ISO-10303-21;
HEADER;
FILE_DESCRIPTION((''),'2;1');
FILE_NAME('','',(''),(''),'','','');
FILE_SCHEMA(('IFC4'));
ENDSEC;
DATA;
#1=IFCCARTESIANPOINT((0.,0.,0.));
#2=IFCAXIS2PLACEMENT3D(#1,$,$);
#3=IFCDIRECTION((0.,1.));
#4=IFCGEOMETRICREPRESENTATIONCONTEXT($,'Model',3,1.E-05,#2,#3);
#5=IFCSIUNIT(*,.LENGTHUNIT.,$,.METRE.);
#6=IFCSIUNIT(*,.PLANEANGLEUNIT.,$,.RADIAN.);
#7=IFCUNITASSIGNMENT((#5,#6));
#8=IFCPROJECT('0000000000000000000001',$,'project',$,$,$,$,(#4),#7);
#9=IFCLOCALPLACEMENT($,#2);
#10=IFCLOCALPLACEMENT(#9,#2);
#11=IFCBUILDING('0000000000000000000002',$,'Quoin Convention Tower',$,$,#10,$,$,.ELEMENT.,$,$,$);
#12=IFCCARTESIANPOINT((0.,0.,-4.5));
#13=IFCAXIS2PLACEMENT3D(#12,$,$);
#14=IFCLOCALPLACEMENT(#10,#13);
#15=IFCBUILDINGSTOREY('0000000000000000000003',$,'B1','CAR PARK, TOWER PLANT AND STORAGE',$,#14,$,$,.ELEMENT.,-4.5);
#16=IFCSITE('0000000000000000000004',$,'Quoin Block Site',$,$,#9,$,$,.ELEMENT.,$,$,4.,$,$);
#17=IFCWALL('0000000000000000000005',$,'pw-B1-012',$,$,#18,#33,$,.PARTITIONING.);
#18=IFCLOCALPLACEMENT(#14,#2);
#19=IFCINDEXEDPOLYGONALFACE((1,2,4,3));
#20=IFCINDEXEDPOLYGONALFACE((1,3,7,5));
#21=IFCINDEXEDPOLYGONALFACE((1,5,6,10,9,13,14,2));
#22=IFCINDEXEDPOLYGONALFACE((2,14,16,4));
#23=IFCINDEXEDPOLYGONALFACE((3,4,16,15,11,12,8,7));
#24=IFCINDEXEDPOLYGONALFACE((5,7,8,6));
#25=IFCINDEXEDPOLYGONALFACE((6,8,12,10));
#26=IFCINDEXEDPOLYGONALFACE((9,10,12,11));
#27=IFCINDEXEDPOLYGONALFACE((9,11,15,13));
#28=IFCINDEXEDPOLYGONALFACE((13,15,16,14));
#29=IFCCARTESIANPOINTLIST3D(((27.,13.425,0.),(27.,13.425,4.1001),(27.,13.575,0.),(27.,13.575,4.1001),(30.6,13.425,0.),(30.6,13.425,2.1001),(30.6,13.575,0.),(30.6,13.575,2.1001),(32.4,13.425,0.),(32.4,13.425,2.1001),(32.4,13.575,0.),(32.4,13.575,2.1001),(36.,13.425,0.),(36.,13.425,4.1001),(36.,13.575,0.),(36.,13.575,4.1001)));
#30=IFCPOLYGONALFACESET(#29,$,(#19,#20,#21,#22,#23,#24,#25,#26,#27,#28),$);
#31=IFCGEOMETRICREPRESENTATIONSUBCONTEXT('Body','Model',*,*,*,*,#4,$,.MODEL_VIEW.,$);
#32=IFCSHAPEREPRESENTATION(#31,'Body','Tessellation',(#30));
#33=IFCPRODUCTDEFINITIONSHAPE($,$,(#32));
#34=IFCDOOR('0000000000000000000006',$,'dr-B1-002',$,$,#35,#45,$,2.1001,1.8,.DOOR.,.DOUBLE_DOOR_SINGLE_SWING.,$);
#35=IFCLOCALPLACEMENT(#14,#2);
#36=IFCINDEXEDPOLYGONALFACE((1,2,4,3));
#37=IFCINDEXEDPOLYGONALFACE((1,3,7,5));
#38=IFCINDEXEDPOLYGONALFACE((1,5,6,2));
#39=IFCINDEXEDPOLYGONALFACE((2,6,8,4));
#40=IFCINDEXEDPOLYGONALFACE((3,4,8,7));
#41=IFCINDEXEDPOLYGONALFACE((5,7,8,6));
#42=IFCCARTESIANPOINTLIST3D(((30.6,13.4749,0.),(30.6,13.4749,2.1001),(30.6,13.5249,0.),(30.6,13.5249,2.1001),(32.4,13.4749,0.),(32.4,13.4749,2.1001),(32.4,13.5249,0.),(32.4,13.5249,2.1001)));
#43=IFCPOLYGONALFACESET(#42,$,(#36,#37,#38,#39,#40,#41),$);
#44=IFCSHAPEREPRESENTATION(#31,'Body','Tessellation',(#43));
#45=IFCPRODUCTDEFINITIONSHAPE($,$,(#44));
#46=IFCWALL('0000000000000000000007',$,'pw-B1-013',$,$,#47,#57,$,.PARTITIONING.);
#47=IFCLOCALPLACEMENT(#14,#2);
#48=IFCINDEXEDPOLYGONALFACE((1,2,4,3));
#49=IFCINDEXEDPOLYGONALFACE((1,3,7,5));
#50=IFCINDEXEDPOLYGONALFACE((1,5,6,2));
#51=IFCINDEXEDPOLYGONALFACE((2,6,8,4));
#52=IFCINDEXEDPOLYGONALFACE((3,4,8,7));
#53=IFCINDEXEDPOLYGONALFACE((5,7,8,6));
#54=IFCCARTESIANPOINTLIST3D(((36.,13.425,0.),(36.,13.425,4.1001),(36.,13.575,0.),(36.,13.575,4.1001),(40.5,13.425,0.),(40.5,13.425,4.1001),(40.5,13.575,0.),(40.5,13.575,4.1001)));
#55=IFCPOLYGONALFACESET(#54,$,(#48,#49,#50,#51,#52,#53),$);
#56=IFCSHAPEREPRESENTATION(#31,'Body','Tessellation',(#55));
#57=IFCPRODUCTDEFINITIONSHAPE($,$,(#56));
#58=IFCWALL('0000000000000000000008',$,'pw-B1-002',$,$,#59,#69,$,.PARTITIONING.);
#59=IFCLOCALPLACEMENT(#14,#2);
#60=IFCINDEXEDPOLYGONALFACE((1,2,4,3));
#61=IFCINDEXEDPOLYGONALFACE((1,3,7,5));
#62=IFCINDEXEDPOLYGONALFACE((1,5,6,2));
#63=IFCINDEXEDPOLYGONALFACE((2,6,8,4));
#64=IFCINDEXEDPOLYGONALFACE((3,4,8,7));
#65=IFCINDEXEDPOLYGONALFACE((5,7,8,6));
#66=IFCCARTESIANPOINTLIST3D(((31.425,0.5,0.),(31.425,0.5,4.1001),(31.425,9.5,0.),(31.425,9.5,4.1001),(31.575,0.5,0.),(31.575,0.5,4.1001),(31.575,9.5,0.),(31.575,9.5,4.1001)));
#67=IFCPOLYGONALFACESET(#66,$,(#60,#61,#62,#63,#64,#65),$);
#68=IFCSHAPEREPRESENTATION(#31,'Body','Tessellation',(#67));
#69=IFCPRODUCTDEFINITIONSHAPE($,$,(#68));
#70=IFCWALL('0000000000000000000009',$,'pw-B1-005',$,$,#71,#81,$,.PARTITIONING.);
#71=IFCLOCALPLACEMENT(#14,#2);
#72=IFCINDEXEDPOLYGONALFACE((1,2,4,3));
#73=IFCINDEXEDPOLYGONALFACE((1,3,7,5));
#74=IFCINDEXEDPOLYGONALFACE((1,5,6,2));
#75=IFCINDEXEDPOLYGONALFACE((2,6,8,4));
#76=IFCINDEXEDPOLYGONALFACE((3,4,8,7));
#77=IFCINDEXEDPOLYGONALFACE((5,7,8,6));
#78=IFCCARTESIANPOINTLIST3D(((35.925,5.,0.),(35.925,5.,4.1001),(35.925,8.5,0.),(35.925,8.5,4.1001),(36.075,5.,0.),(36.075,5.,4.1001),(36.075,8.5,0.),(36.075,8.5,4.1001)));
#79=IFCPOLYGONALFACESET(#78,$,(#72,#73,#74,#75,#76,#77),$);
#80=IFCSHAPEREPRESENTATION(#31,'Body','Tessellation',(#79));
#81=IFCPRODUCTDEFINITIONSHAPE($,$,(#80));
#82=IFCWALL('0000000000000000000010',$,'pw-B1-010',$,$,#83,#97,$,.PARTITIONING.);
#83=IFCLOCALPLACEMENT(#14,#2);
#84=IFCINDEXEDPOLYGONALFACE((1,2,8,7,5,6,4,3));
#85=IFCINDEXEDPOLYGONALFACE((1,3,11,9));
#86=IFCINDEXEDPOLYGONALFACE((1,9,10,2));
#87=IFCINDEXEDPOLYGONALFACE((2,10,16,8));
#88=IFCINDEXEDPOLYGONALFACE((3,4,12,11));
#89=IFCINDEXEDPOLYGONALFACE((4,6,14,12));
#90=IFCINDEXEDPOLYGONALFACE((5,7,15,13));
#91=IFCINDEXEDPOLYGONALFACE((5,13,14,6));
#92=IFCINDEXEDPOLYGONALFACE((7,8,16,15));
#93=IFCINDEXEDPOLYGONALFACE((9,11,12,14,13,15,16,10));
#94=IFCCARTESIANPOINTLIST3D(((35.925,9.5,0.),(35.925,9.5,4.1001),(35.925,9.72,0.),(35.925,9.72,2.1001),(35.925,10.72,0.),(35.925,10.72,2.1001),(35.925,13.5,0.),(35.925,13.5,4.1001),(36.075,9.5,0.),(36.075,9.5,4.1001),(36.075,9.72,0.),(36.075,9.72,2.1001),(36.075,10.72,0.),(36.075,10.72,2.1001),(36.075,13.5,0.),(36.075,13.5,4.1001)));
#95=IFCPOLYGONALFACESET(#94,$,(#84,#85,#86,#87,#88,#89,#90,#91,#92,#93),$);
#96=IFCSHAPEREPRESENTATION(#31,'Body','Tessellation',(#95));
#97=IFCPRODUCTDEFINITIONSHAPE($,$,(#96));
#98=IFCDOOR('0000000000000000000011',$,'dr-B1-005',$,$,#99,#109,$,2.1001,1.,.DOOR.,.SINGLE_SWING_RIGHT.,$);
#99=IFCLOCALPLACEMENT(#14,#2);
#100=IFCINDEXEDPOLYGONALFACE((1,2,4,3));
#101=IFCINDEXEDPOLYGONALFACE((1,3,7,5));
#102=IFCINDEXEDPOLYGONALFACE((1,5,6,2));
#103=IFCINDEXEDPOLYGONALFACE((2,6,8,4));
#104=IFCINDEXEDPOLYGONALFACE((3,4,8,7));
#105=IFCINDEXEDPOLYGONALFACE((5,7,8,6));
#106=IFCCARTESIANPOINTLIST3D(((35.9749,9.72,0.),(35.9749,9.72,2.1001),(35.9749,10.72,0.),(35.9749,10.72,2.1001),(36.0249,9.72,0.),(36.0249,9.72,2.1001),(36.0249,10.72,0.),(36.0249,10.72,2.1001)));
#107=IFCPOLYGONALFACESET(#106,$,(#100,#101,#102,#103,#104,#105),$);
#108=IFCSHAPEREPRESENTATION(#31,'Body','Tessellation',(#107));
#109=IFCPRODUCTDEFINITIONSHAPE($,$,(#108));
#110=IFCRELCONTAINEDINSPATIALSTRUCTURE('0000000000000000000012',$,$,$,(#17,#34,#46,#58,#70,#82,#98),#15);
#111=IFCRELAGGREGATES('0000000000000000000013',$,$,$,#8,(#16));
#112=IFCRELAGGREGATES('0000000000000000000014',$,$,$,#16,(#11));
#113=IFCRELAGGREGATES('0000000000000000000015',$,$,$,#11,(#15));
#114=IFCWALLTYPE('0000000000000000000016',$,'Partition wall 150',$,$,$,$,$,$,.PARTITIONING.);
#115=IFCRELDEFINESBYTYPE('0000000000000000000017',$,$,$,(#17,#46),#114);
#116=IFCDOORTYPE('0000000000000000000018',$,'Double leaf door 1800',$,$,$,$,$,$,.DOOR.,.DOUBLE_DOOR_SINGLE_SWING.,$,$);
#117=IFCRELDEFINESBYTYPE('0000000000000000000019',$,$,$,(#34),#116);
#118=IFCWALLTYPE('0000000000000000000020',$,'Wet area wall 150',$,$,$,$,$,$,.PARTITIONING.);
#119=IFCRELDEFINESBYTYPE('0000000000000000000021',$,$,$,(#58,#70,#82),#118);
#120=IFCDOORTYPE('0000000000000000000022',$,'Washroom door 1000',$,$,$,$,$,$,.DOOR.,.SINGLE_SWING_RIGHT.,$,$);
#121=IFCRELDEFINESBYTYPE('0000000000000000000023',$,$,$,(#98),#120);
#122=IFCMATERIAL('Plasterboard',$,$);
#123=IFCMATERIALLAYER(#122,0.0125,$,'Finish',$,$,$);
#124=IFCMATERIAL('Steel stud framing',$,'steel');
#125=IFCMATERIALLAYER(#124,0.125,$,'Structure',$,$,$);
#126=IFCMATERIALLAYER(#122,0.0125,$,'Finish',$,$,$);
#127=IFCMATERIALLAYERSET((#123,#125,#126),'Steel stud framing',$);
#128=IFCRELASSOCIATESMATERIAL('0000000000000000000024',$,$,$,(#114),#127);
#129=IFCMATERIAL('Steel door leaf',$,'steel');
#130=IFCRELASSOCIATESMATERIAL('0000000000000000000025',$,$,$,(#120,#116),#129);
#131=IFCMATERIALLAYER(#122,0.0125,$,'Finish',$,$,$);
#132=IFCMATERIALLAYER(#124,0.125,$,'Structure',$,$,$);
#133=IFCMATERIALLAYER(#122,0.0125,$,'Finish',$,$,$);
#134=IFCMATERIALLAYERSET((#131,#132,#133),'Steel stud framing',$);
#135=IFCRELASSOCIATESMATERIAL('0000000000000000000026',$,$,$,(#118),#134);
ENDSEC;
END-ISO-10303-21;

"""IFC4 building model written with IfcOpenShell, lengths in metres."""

from ifc_helpers import new_model, si_unit, direction, frame, frame_2d, origin, place, context, subcontext, project, spatial, rectangle, extrude, material, layer, layer_set, type_object, element, fill, save


model = new_model("IFC4")

# Units and contexts
model_context = context("Model", 3, precision=1e-05, world=origin(), true_north=direction((0.0, 1.0)))
body_context = subcontext(model_context, "Body", "Model", "MODEL_VIEW")
ifc_project = project(units=[si_unit("LENGTHUNIT", "METRE"), si_unit("PLANEANGLEUNIT", "RADIAN")], contexts=[model_context])

# Site, building, storey
site_placement = place(None, origin())
site = spatial("IfcSite", under=ifc_project, at=site_placement, Name="Quoin Block Site", CompositionType="ELEMENT", RefElevation=4.0)
building_placement = place(site_placement, origin())
building = spatial("IfcBuilding", under=site, at=building_placement, Name="Quoin Convention Tower", CompositionType="ELEMENT")
storey_placement = place(building_placement, frame((0.0, 0.0, -4.5)))
storey = spatial("IfcBuildingStorey", under=building, at=storey_placement, Name="B1", Description="CAR PARK, TOWER PLANT AND STORAGE", CompositionType="ELEMENT", Elevation=-4.5)

# Shared definitions
ifc_material_1 = material(Name="Plasterboard")
ifc_material_2 = material(Name="Steel stud framing", Category="steel")
ifc_layer_1 = layer(ifc_material_1, 0.0125, Name="Finish")
ifc_layer_2 = layer(ifc_material_2, 0.125, Name="Structure")
ifc_layer_3 = layer(ifc_material_1, 0.0125, Name="Finish")
ifc_layer_set_1 = layer_set([ifc_layer_1, ifc_layer_2, ifc_layer_3], Name="Steel stud framing")
wall_type_1 = type_object("IfcWallType", Name="Partition wall 150", PredefinedType="PARTITIONING", material=ifc_layer_set_1)

# Wall, opening, door
ifc_material_3 = material(Name="Steel door leaf", Category="steel")
door_type_1 = type_object("IfcDoorType", Name="Washroom door 1000", OperationType="SINGLE_SWING_RIGHT", PredefinedType="DOOR", material=ifc_material_3)
wall_1_placement = place(storey_placement, frame((27.0, 13.5, 0.0), z_axis=(0.0, 0.0, 1.0), x_axis=(1.0, 0.0, 0.0)))
wall_1 = element("IfcWall", 1, at=wall_1_placement, inside=storey, type_object=wall_type_1, Name="pw-B1-012", PredefinedType="PARTITIONING", context=body_context, shape_type="SweptSolid", body=[
    extrude(rectangle(XDim=9.0, YDim=0.1499, at=frame_2d((4.5, 0.0))), origin(), (0.0, 0.0, 1.0), 4.1001),
])
opening_1_placement = place(wall_1_placement, frame((3.6001, 0.0, 0.0)))
opening_1 = element("IfcOpeningElement", 2, at=opening_1_placement, cuts=wall_1, PredefinedType="OPENING", context=body_context, shape_type="SweptSolid", body=[
    extrude(rectangle(XDim=1.8, YDim=2.1001, at=frame_2d((0.8999, 1.05))), frame((0.0, 0.085, 0.0), z_axis=(0.0, -1.0, 0.0), x_axis=(1.0, 0.0, 0.0)), (0.0, 0.0, 1.0), 0.1699),
])
door_type_2 = type_object("IfcDoorType", Name="Double leaf door 1800", OperationType="DOUBLE_DOOR_SINGLE_SWING", PredefinedType="DOOR", material=ifc_material_3)
door_1_placement = place(opening_1_placement, origin())
door_1 = element("IfcDoor", 3, at=door_1_placement, inside=storey, type_object=door_type_2, Name="dr-B1-002", OperationType="DOUBLE_DOOR_SINGLE_SWING", OverallHeight=2.1001, OverallWidth=1.8, PredefinedType="DOOR", context=body_context, shape_type="SweptSolid", body=[
    extrude(rectangle(XDim=1.8, YDim=2.1001, at=frame_2d((0.8999, 1.05))), frame((0.0, 0.0249, 0.0), z_axis=(0.0, -1.0, 0.0), x_axis=(1.0, 0.0, 0.0)), (0.0, 0.0, 1.0), 0.05),
])
fill(opening_1, door_1)

# Walls
wall_2_placement = place(storey_placement, frame((36.0, 13.5, 0.0), z_axis=(0.0, 0.0, 1.0), x_axis=(1.0, 0.0, 0.0)))
element("IfcWall", 4, at=wall_2_placement, inside=storey, type_object=wall_type_1, Name="pw-B1-013", PredefinedType="PARTITIONING", context=body_context, shape_type="SweptSolid", body=[
    extrude(rectangle(XDim=4.5, YDim=0.1499, at=frame_2d((2.25, 0.0))), origin(), (0.0, 0.0, 1.0), 4.1001),
])
ifc_layer_4 = layer(ifc_material_1, 0.0125, Name="Finish")
ifc_layer_5 = layer(ifc_material_2, 0.125, Name="Structure")
ifc_layer_6 = layer(ifc_material_1, 0.0125, Name="Finish")
ifc_layer_set_2 = layer_set([ifc_layer_4, ifc_layer_5, ifc_layer_6], Name="Steel stud framing")
wall_type_2 = type_object("IfcWallType", Name="Wet area wall 150", PredefinedType="PARTITIONING", material=ifc_layer_set_2)
wall_3_placement = place(storey_placement, frame((31.5, 0.5, 0.0), z_axis=(0.0, 0.0, 1.0), x_axis=(0.0, 1.0, 0.0)))
element("IfcWall", 5, at=wall_3_placement, inside=storey, type_object=wall_type_2, Name="pw-B1-002", PredefinedType="PARTITIONING", context=body_context, shape_type="SweptSolid", body=[
    extrude(rectangle(XDim=9.0, YDim=0.1499, at=frame_2d((4.5, 0.0))), origin(), (0.0, 0.0, 1.0), 4.1001),
])
wall_4_placement = place(storey_placement, frame((36.0, 5.0, 0.0), z_axis=(0.0, 0.0, 1.0), x_axis=(0.0, 1.0, 0.0)))
element("IfcWall", 6, at=wall_4_placement, inside=storey, type_object=wall_type_2, Name="pw-B1-005", PredefinedType="PARTITIONING", context=body_context, shape_type="SweptSolid", body=[
    extrude(rectangle(XDim=3.5, YDim=0.1499, at=frame_2d((1.75, 0.0))), origin(), (0.0, 0.0, 1.0), 4.1001),
])

# Wall, opening, door
wall_5_placement = place(storey_placement, frame((36.0, 9.5, 0.0), z_axis=(0.0, 0.0, 1.0), x_axis=(0.0, 1.0, 0.0)))
wall_5 = element("IfcWall", 7, at=wall_5_placement, inside=storey, type_object=wall_type_2, Name="pw-B1-010", PredefinedType="PARTITIONING", context=body_context, shape_type="SweptSolid", body=[
    extrude(rectangle(XDim=4.0, YDim=0.1499, at=frame_2d((2.0, 0.0))), origin(), (0.0, 0.0, 1.0), 4.1001),
])
opening_2_placement = place(wall_5_placement, frame((0.22, 0.0, 0.0)))
opening_2 = element("IfcOpeningElement", 8, at=opening_2_placement, cuts=wall_5, PredefinedType="OPENING", context=body_context, shape_type="SweptSolid", body=[
    extrude(rectangle(XDim=1.0, YDim=2.1001, at=frame_2d((0.5, 1.05))), frame((0.0, 0.085, 0.0), z_axis=(0.0, -1.0, 0.0), x_axis=(1.0, 0.0, 0.0)), (0.0, 0.0, 1.0), 0.1699),
])
door_2_placement = place(opening_2_placement, frame((1.0, 0.0, 0.0), z_axis=(0.0, 0.0, 1.0), x_axis=(-1.0, 0.0, 0.0)))
door_2 = element("IfcDoor", 9, at=door_2_placement, inside=storey, type_object=door_type_1, Name="dr-B1-005", OperationType="SINGLE_SWING_RIGHT", OverallHeight=2.1001, OverallWidth=1.0, PredefinedType="DOOR", context=body_context, shape_type="SweptSolid", body=[
    extrude(rectangle(XDim=1.0, YDim=2.1001, at=frame_2d((0.5, 1.05))), frame((0.0, 0.0249, 0.0), z_axis=(0.0, -1.0, 0.0), x_axis=(1.0, 0.0, 0.0)), (0.0, 0.0, 1.0), 0.05),
])
fill(opening_2, door_2)

save(model, "model.ifc")
